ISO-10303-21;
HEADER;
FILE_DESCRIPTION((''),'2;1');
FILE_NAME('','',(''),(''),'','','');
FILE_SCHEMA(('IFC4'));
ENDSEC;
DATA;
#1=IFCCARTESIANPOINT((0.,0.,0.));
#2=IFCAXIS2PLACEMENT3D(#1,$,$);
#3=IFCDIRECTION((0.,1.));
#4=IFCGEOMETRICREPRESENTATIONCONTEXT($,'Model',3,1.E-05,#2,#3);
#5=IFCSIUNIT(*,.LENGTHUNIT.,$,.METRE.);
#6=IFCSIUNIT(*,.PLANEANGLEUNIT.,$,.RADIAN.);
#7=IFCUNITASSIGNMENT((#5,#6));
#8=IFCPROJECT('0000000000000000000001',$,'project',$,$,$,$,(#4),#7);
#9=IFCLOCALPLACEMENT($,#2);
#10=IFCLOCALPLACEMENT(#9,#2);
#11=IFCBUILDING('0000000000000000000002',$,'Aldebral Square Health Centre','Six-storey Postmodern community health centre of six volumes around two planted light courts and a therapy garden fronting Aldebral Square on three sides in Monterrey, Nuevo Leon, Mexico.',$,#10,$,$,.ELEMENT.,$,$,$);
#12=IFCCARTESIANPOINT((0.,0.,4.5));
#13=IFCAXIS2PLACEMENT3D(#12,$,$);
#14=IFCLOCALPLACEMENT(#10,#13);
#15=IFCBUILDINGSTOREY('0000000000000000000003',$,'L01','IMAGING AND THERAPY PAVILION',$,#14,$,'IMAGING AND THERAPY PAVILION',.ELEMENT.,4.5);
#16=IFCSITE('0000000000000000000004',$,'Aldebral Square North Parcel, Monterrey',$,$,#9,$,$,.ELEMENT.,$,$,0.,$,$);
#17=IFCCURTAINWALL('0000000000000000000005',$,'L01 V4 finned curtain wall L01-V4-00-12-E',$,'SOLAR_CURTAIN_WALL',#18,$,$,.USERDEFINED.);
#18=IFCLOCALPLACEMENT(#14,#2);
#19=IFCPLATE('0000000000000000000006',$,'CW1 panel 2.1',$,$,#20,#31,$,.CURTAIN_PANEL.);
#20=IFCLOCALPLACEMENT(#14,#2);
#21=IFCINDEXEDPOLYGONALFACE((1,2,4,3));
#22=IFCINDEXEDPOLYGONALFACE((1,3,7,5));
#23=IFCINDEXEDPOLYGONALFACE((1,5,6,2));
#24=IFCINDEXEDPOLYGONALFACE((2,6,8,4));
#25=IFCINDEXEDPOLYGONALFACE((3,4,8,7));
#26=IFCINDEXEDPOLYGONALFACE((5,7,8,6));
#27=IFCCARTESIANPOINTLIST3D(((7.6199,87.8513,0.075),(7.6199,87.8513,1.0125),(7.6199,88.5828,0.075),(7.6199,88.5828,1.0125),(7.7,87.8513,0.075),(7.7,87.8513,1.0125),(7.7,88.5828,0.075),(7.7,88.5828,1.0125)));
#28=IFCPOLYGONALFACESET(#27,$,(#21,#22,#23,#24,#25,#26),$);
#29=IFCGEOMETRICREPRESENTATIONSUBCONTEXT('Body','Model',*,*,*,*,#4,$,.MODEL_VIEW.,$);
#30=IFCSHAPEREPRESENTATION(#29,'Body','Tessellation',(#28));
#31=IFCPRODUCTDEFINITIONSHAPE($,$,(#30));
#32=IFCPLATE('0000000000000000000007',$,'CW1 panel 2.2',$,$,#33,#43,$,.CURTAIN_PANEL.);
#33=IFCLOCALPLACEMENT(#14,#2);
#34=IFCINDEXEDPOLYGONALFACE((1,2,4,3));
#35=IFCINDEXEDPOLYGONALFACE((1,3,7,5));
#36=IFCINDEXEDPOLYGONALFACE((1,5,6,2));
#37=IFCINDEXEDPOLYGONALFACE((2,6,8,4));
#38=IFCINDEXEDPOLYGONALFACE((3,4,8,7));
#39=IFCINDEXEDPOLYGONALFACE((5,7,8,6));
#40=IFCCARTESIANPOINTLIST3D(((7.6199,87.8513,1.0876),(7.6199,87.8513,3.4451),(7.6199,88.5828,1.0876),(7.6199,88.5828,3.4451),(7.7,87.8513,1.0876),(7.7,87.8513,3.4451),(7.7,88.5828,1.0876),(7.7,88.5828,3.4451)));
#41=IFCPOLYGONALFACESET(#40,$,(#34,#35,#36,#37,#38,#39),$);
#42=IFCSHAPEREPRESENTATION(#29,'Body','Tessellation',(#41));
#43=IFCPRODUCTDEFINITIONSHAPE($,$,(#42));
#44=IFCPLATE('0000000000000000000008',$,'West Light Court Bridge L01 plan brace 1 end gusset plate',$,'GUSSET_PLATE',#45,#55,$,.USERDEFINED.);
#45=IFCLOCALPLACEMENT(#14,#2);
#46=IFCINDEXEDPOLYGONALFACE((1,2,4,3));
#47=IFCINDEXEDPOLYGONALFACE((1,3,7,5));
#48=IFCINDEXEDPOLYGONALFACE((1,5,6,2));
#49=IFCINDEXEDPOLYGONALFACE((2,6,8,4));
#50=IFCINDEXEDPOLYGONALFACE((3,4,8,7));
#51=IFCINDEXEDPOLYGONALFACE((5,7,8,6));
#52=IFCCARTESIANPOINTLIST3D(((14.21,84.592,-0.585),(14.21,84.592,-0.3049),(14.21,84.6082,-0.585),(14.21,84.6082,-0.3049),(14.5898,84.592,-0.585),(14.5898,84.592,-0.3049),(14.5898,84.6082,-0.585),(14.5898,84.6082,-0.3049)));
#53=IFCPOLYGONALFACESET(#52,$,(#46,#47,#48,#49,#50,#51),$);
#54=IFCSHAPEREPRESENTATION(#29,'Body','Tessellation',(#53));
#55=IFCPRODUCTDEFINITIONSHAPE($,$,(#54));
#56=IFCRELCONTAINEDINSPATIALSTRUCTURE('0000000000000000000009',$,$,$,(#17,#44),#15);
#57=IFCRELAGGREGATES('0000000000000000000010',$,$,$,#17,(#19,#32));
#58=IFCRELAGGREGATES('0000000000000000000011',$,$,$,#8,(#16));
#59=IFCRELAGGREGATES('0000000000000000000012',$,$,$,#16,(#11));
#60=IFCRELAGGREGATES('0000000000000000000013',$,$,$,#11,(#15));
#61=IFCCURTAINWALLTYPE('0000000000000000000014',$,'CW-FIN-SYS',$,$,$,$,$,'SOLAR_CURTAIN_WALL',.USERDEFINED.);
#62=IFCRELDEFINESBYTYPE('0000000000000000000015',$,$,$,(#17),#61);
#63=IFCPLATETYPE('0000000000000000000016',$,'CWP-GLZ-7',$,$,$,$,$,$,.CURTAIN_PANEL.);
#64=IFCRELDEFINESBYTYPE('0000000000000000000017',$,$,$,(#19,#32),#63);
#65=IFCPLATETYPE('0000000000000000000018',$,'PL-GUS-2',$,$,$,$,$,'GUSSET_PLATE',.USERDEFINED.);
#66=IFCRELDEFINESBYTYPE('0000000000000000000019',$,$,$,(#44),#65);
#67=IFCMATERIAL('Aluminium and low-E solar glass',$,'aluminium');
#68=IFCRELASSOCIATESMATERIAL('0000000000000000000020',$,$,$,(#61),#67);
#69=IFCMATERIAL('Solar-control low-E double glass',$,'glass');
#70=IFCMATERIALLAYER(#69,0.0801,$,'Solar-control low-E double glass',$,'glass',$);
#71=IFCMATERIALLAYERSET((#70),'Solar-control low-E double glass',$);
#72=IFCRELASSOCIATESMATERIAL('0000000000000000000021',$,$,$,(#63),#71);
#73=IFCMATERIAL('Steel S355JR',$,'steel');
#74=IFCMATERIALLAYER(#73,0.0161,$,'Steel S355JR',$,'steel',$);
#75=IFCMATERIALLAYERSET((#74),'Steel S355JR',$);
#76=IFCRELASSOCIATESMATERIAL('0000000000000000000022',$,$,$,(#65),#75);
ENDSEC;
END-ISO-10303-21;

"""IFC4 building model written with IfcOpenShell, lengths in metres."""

from ifc_helpers import new_model, si_unit, direction, frame, origin, origin_2d, place, context, subcontext, project, spatial, rectangle, extrude, material, layer, layer_set, type_object, element, aggregate, save


model = new_model("IFC4")

# Units and contexts
model_context = context("Model", 3, precision=1e-05, world=origin(), true_north=direction((0.0, 1.0)))
body_context = subcontext(model_context, "Body", "Model", "MODEL_VIEW")
ifc_project = project(units=[si_unit("LENGTHUNIT", "METRE"), si_unit("PLANEANGLEUNIT", "RADIAN")], contexts=[model_context])

# Site, building, storey
site_placement = place(None, origin())
site = spatial("IfcSite", under=ifc_project, at=site_placement, Name="Aldebral Square North Parcel, Monterrey", CompositionType="ELEMENT", RefElevation=0.0)
building_placement = place(site_placement, origin())
building = spatial("IfcBuilding", under=site, at=building_placement, Name="Aldebral Square Health Centre", Description="Six-storey Postmodern community health centre of six volumes around two planted light courts and a therapy garden fronting Aldebral Square on three sides in Monterrey, Nuevo Leon, Mexico.", CompositionType="ELEMENT")
storey_placement = place(building_placement, frame((0.0, 0.0, 4.5)))
storey = spatial("IfcBuildingStorey", under=building, at=storey_placement, Name="L01", Description="IMAGING AND THERAPY PAVILION", LongName="IMAGING AND THERAPY PAVILION", CompositionType="ELEMENT", Elevation=4.5)

# Shared definitions
ifc_material_1 = material(Name="Steel S355JR", Category="steel")

# Shared definitions
ifc_material_2 = material(Name="Aluminium and low-E solar glass", Category="aluminium")
curtain_wall_type = type_object("IfcCurtainWallType", Name="CW-FIN-SYS", ElementType="SOLAR_CURTAIN_WALL", PredefinedType="USERDEFINED", material=ifc_material_2)

# Curtain wall
curtain_wall_1_placement = place(storey_placement, origin())
curtain_wall_1 = element("IfcCurtainWall", 1, at=curtain_wall_1_placement, inside=storey, type_object=curtain_wall_type, Name="L01 V4 finned curtain wall L01-V4-00-12-E", ObjectType="SOLAR_CURTAIN_WALL", PredefinedType="USERDEFINED")

# Plates
ifc_material_3 = material(Name="Solar-control low-E double glass", Category="glass")
ifc_layer_1 = layer(ifc_material_3, 0.0801, Name="Solar-control low-E double glass", Category="glass")
ifc_layer_set_1 = layer_set([ifc_layer_1], Name="Solar-control low-E double glass")
plate_type_1 = type_object("IfcPlateType", Name="CWP-GLZ-7", PredefinedType="CURTAIN_PANEL", material=ifc_layer_set_1)
plate_1_placement = place(storey_placement, frame((7.6599, 88.217, 0.075), z_axis=(0.0, 0.0, 1.0), x_axis=(0.0, 1.0, 0.0)))
plate_1 = element("IfcPlate", 2, at=plate_1_placement, type_object=plate_type_1, Name="CW1 panel 2.1", PredefinedType="CURTAIN_PANEL", context=body_context, shape_type="SweptSolid", body=[
    extrude(rectangle(XDim=0.7314, YDim=0.0801, at=origin_2d()), origin(), (0.0, 0.0, 1.0), 0.9375),
])
plate_2_placement = place(storey_placement, frame((7.6599, 88.217, 1.0876), z_axis=(0.0, 0.0, 1.0), x_axis=(0.0, 1.0, 0.0)))
plate_2 = element("IfcPlate", 3, at=plate_2_placement, type_object=plate_type_1, Name="CW1 panel 2.2", PredefinedType="CURTAIN_PANEL", context=body_context, shape_type="SweptSolid", body=[
    extrude(rectangle(XDim=0.7314, YDim=0.0801, at=origin_2d()), origin(), (0.0, 0.0, 1.0), 2.3574),
])
aggregate(curtain_wall_1, [plate_1, plate_2])
ifc_layer_2 = layer(ifc_material_1, 0.0161, Name="Steel S355JR", Category="steel")
ifc_layer_set_2 = layer_set([ifc_layer_2], Name="Steel S355JR")
plate_type_2 = type_object("IfcPlateType", Name="PL-GUS-2", ElementType="GUSSET_PLATE", PredefinedType="USERDEFINED", material=ifc_layer_set_2)
plate_3_placement = place(storey_placement, frame((14.3999, 84.6001, -0.585), z_axis=(0.0, 0.0, 1.0), x_axis=(1.0, 0.0, 0.0)))
element("IfcPlate", 4, at=plate_3_placement, inside=storey, type_object=plate_type_2, Name="West Light Court Bridge L01 plan brace 1 end gusset plate", ObjectType="GUSSET_PLATE", PredefinedType="USERDEFINED", context=body_context, shape_type="SweptSolid", body=[
    extrude(rectangle(XDim=0.3799, YDim=0.0161, at=origin_2d()), origin(), (0.0, 0.0, 1.0), 0.28),
])

save(model, "model.ifc")
